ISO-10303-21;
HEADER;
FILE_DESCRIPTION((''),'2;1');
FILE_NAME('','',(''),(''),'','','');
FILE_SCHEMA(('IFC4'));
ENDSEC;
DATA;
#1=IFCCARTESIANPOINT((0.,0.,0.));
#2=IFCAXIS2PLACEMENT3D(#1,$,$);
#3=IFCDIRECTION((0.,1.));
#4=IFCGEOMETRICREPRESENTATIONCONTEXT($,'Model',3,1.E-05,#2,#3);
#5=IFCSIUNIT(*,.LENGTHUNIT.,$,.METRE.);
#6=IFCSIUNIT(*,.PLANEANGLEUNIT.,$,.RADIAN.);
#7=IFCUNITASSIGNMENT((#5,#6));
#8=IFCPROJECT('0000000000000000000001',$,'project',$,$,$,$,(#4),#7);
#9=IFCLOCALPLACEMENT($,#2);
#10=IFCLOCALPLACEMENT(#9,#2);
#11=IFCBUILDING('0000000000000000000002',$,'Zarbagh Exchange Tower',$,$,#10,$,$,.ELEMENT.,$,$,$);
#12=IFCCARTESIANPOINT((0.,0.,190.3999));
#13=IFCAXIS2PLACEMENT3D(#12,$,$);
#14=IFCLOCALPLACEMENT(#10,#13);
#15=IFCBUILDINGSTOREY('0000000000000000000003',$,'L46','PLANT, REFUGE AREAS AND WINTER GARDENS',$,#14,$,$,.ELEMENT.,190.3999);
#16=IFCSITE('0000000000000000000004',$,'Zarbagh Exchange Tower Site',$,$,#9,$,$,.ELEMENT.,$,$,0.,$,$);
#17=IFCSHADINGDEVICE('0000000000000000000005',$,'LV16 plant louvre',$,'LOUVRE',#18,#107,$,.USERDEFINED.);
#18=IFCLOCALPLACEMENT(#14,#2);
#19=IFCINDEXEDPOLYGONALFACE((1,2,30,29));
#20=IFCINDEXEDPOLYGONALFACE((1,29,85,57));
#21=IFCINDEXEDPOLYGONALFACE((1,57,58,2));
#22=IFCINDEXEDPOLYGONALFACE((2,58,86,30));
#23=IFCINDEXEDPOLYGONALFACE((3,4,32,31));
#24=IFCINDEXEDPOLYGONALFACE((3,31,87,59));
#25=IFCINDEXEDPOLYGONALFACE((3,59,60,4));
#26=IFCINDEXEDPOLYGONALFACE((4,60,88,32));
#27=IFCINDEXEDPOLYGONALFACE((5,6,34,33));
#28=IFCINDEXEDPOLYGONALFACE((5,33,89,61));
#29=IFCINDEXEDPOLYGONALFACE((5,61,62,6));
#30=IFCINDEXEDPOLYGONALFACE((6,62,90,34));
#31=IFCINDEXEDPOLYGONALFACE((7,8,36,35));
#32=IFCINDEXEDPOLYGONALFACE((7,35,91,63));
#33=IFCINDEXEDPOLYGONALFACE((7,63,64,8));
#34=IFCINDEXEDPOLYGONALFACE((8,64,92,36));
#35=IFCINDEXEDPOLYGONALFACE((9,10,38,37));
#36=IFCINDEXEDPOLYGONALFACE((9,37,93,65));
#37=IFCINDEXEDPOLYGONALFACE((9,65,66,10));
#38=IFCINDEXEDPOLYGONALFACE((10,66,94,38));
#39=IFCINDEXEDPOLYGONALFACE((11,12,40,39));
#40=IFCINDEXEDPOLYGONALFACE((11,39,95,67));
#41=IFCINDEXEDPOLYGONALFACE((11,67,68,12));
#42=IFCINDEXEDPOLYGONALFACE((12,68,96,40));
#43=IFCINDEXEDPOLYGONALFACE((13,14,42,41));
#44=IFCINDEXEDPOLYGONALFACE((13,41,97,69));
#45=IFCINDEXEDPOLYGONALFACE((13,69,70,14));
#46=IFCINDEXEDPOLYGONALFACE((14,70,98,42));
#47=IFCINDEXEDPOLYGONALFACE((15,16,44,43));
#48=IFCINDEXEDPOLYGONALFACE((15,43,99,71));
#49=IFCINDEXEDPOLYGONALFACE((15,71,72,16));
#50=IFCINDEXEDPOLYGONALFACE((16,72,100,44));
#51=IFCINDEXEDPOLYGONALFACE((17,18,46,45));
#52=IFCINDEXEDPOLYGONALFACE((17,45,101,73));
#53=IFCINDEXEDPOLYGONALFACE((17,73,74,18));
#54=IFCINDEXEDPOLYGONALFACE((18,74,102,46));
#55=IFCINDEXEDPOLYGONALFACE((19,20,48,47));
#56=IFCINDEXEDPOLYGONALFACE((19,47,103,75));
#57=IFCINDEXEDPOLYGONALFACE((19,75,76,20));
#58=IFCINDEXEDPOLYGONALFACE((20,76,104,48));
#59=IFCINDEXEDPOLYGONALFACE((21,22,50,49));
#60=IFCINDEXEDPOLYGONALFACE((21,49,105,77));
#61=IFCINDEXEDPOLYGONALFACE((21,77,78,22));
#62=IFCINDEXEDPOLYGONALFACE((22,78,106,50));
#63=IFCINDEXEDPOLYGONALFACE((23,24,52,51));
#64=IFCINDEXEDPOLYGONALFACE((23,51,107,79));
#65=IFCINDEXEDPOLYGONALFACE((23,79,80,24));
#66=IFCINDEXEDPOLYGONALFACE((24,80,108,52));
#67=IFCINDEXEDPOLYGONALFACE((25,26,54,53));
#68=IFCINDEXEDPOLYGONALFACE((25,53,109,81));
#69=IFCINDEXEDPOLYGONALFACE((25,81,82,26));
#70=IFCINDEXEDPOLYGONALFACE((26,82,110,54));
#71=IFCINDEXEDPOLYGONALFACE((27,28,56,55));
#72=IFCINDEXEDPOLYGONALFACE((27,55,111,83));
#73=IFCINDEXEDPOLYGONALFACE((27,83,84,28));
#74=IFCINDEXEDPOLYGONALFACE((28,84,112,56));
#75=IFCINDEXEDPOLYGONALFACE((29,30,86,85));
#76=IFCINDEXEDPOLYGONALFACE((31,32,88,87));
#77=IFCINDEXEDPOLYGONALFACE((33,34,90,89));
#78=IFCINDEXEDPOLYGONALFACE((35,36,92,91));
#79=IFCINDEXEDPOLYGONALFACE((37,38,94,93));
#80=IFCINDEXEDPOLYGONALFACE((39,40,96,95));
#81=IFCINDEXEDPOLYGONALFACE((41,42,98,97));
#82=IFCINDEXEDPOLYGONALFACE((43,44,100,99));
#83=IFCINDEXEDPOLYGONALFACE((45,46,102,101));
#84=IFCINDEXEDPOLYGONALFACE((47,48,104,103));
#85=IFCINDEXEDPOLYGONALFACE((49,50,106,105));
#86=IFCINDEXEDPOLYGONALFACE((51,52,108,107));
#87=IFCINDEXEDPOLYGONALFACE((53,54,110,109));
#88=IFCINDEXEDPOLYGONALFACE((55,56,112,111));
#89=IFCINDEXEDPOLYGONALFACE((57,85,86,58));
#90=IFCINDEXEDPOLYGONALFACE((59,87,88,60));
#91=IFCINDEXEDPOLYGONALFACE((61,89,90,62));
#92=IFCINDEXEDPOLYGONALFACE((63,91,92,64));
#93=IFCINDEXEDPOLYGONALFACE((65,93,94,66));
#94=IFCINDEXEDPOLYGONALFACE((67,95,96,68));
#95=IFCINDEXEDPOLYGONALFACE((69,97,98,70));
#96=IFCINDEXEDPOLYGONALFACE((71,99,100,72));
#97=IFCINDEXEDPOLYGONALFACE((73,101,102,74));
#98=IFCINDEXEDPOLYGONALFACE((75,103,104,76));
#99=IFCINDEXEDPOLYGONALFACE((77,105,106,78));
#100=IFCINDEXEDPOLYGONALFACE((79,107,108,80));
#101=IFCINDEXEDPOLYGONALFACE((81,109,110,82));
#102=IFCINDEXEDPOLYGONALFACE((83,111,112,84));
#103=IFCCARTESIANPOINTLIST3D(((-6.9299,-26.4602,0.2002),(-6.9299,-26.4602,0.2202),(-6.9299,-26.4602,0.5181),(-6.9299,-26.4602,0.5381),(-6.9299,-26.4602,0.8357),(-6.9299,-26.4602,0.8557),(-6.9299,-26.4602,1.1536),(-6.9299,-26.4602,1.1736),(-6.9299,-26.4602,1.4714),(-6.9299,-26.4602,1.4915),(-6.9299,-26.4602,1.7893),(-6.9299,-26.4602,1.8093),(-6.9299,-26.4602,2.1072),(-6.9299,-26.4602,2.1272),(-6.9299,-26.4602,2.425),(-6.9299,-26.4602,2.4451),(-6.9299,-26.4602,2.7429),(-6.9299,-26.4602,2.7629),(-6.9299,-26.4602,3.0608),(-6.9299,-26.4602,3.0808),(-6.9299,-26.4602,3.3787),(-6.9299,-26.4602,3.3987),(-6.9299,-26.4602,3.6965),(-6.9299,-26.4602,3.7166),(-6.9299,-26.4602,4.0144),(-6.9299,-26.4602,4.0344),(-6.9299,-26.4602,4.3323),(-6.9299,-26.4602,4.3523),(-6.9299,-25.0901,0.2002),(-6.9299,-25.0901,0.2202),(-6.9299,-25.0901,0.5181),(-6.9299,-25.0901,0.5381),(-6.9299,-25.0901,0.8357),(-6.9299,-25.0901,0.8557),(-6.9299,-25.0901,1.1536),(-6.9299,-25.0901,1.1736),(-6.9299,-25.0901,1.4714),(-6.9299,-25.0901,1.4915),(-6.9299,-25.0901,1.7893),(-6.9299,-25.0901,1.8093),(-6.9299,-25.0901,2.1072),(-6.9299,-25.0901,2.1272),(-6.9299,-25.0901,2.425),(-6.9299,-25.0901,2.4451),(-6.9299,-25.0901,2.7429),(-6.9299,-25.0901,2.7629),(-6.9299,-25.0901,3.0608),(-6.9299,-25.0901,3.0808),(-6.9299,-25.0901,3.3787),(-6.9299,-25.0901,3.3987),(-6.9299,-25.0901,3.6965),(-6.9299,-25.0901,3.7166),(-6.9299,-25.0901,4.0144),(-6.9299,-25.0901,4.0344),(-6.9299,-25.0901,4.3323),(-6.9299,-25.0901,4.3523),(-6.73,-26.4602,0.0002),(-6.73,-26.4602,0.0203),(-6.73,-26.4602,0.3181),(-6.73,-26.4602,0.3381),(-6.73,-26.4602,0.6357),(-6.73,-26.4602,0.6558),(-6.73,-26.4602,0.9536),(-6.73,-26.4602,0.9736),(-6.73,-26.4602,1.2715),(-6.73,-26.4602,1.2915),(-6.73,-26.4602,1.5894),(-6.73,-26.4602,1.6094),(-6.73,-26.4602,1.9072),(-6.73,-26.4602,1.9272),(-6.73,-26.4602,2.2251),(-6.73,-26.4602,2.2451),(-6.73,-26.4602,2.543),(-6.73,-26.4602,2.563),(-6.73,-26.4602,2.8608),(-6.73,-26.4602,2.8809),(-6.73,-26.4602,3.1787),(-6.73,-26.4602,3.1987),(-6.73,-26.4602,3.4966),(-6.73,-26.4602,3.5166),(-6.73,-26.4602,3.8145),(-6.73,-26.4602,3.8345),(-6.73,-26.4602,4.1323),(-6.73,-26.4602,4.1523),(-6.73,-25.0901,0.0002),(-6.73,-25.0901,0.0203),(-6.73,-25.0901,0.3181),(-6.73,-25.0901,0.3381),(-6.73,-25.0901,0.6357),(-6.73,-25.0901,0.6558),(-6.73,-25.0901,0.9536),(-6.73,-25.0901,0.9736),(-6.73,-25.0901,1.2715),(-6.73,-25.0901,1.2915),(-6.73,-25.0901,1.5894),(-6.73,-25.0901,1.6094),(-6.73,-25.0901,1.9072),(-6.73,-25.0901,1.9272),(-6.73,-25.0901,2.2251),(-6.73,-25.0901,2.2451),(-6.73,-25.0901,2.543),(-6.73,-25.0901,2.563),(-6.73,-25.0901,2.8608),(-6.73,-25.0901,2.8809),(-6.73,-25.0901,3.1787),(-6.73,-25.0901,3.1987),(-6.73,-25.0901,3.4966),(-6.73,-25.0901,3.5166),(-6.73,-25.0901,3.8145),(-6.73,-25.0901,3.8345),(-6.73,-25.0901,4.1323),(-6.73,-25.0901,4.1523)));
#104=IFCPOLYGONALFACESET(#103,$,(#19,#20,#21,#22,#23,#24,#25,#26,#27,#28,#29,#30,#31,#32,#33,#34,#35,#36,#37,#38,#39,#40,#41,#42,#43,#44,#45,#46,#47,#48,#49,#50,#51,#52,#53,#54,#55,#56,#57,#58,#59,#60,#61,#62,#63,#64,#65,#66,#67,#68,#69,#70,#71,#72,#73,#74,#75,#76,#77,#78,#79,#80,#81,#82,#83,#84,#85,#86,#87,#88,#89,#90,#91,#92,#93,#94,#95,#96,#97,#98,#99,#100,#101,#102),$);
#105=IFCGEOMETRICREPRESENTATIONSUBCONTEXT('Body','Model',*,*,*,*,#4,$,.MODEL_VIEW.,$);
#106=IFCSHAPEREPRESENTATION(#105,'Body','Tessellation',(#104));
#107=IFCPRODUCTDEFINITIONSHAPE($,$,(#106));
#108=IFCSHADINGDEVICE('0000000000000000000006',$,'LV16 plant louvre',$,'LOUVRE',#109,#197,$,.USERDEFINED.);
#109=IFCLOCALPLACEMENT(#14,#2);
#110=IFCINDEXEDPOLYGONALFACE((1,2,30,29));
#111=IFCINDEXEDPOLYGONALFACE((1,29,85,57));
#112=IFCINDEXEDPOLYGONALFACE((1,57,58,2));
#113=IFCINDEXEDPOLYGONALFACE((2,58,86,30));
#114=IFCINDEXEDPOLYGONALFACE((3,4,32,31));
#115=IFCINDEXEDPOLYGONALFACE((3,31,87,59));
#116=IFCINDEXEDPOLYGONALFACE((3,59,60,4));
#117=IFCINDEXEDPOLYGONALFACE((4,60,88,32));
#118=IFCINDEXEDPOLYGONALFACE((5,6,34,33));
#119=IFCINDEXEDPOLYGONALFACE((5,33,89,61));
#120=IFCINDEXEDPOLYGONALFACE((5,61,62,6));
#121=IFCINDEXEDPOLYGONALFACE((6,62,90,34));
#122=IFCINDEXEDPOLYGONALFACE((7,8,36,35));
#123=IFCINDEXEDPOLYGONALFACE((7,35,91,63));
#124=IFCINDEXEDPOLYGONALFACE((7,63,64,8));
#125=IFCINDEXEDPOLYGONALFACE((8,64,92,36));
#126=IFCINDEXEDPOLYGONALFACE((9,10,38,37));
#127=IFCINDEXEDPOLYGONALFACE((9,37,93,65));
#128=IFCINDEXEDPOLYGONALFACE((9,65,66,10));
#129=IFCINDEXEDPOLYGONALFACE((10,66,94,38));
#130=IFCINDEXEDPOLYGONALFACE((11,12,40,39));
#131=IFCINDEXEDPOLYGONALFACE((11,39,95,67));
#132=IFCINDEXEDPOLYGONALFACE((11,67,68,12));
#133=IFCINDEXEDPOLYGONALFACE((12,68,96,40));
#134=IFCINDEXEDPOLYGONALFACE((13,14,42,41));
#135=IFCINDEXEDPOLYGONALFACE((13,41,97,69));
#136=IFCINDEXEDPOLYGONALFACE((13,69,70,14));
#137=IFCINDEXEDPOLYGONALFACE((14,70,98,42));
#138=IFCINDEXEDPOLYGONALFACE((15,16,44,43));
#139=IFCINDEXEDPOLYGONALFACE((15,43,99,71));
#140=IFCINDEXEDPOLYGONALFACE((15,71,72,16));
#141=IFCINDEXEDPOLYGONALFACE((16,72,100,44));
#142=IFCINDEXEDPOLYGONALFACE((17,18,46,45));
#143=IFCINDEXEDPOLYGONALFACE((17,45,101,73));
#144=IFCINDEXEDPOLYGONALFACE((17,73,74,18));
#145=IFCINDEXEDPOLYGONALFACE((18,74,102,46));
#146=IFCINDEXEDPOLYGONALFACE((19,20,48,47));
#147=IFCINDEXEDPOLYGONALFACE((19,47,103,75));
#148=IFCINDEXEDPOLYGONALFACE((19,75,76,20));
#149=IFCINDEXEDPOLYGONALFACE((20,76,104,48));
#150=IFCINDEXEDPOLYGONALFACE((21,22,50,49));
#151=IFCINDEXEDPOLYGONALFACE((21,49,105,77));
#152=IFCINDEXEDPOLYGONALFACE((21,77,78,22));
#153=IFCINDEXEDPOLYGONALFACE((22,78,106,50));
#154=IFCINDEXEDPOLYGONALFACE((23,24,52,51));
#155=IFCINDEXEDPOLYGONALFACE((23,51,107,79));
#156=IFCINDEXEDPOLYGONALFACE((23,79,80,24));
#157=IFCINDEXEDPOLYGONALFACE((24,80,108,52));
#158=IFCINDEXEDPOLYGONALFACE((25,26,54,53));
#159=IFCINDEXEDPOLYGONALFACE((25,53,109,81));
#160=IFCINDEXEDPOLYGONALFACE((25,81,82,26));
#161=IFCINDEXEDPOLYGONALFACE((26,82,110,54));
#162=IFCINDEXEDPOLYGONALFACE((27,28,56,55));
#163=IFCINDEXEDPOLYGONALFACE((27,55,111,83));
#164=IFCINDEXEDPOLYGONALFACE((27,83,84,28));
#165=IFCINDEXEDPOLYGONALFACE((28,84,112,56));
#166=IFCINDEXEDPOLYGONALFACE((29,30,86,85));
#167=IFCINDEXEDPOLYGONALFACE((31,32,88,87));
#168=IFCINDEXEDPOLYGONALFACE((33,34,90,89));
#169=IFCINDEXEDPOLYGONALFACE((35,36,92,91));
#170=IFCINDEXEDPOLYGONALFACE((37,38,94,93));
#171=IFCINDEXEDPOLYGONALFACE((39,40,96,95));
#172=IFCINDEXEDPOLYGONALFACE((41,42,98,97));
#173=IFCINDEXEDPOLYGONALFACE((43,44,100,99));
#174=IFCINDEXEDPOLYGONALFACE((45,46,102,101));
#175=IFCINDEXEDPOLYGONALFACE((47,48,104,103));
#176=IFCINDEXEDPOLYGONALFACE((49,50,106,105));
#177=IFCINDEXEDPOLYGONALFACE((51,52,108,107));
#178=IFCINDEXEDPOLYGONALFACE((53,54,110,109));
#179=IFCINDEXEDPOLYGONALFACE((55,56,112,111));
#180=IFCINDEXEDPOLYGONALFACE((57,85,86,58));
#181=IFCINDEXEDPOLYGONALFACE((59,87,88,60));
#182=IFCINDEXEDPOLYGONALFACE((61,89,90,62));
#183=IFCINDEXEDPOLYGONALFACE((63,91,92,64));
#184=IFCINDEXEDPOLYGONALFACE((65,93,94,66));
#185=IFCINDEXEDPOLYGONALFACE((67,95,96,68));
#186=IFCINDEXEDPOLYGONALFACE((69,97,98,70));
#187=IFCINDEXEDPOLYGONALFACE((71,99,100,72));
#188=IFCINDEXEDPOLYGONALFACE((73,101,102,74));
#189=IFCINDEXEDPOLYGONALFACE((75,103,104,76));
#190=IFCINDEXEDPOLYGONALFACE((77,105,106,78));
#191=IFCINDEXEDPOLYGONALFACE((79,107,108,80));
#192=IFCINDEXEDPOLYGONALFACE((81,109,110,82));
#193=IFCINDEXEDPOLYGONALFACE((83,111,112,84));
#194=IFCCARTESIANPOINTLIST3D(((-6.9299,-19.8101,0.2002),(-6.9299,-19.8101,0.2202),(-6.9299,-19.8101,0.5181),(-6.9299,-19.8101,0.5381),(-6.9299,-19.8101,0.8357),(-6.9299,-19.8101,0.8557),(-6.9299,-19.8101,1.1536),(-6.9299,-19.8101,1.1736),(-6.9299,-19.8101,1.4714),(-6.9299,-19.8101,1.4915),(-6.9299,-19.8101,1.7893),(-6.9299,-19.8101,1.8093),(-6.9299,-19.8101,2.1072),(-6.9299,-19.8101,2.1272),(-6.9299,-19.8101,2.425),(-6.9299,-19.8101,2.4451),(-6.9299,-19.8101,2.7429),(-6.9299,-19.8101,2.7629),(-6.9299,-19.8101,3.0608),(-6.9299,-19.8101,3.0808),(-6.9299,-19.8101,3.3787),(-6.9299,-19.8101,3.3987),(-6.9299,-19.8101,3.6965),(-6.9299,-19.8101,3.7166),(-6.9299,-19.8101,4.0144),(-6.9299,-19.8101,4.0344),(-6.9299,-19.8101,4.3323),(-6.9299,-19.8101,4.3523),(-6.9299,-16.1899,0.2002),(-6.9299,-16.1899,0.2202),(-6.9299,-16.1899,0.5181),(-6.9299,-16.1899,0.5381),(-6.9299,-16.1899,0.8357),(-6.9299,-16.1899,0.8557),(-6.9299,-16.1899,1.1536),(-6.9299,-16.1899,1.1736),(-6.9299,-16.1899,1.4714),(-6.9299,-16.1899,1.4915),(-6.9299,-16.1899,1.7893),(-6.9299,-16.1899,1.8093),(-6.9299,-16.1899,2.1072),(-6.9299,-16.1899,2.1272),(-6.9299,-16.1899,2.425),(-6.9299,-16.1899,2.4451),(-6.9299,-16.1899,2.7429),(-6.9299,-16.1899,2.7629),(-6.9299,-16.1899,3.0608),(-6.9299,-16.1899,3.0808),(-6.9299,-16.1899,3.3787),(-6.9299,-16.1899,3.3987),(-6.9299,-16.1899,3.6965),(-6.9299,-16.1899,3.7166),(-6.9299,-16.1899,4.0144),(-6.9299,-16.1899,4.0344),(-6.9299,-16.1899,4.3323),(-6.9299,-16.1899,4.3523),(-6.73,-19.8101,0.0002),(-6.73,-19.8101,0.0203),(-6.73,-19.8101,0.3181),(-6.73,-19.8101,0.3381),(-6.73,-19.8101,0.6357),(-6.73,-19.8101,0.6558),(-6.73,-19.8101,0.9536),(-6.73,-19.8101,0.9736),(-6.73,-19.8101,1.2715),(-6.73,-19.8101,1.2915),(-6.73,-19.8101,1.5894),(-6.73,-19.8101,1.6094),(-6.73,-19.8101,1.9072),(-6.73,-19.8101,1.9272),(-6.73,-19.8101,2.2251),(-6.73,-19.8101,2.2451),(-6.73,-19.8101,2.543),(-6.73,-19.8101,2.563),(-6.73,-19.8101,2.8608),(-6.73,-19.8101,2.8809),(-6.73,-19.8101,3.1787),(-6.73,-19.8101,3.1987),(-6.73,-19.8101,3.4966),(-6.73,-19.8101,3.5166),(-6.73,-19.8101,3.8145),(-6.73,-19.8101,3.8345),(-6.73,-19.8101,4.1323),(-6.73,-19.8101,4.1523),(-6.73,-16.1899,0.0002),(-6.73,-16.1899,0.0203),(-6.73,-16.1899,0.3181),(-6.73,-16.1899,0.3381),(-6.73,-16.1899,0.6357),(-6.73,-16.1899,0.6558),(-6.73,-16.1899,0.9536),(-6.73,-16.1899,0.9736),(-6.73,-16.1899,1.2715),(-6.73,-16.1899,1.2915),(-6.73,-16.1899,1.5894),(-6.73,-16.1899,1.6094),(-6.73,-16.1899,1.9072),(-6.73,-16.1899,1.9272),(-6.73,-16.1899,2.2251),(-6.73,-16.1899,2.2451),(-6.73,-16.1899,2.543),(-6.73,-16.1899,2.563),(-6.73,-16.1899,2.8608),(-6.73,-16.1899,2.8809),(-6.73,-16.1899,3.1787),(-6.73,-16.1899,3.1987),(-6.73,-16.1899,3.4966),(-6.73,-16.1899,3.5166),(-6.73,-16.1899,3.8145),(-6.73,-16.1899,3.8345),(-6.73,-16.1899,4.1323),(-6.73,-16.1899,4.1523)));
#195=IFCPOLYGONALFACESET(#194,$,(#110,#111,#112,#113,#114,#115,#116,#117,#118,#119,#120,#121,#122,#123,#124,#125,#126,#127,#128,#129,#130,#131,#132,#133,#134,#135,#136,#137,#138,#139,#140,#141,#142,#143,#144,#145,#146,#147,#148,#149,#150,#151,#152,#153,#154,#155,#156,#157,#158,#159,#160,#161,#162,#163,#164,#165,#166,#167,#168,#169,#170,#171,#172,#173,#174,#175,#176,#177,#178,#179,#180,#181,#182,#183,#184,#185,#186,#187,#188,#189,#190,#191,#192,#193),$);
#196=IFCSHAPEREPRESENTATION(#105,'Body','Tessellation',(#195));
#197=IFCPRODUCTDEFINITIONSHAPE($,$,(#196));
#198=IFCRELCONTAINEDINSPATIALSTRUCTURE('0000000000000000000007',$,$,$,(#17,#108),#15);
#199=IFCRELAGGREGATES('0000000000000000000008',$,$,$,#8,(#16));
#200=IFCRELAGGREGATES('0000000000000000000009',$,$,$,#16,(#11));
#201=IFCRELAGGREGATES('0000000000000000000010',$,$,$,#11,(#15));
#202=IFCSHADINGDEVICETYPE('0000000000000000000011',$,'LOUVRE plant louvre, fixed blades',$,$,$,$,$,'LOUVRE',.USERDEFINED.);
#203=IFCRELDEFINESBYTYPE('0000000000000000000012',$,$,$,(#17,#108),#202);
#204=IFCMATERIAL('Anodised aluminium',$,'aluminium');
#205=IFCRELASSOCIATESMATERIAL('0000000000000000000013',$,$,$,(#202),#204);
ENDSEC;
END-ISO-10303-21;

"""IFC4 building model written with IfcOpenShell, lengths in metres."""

from ifc_helpers import new_model, si_unit, direction, frame, origin, place, context, subcontext, project, spatial, polyline, outline, extrude, source, transform, mapped, material, type_object, element, save


model = new_model("IFC4")

# Units and contexts
model_context = context("Model", 3, precision=1e-05, world=origin(), true_north=direction((0.0, 1.0)))
body_context = subcontext(model_context, "Body", "Model", "MODEL_VIEW")
ifc_project = project(units=[si_unit("LENGTHUNIT", "METRE"), si_unit("PLANEANGLEUNIT", "RADIAN")], contexts=[model_context])

# Site, building, storey
site_placement = place(None, origin())
site = spatial("IfcSite", under=ifc_project, at=site_placement, Name="Zarbagh Exchange Tower Site", CompositionType="ELEMENT", RefElevation=0.0)
building_placement = place(site_placement, origin())
building = spatial("IfcBuilding", under=site, at=building_placement, Name="Zarbagh Exchange Tower", CompositionType="ELEMENT")
storey_placement = place(building_placement, frame((0.0, 0.0, 190.3999)))
storey = spatial("IfcBuildingStorey", under=building, at=storey_placement, Name="L46", Description="PLANT, REFUGE AREAS AND WINTER GARDENS", CompositionType="ELEMENT", Elevation=190.3999)

# Shared definitions
placement = place(storey_placement, origin())

# Shared definitions
ifc_material_1 = material(Name="Anodised aluminium", Category="aluminium")
shading_device_type = type_object("IfcShadingDeviceType", Name="LOUVRE plant louvre, fixed blades", ElementType="LOUVRE", PredefinedType="USERDEFINED", material=ifc_material_1)

# Shading devices
shared_shape_1 = source(origin(), body_context, "Body", "SweptSolid", [
    extrude(outline(polyline([(0.0, 0.2), (0.2, 0.0), (0.2, -0.02), (0.0, 0.1799), (0.0, 0.2)])), origin(), (0.0, 0.0, 1.0), 1.3701),
])
element("IfcShadingDevice", 1, at=placement, inside=storey, type_object=shading_device_type, Name="LV16 plant louvre", ObjectType="LOUVRE", PredefinedType="USERDEFINED", context=body_context, shape_type="MappedRepresentation", body=[
    mapped(shared_shape_1, transform((-6.73, -25.0901, 0.2002), x_axis=(-1.0, 0.0, 0.0), y_axis=(0.0, 0.0, -1.0), z_axis=(0.0, -1.0, 0.0))),
    mapped(shared_shape_1, transform((-6.73, -25.0901, 0.5181), x_axis=(-1.0, 0.0, 0.0), y_axis=(0.0, 0.0, -1.0), z_axis=(0.0, -1.0, 0.0))),
    mapped(shared_shape_1, transform((-6.73, -25.0901, 0.8357), x_axis=(-1.0, 0.0, 0.0), y_axis=(0.0, 0.0, -1.0), z_axis=(0.0, -1.0, 0.0))),
    mapped(shared_shape_1, transform((-6.73, -25.0901, 1.1536), x_axis=(-1.0, 0.0, 0.0), y_axis=(0.0, 0.0, -1.0), z_axis=(0.0, -1.0, 0.0))),
    mapped(shared_shape_1, transform((-6.73, -25.0901, 1.4714), x_axis=(-1.0, 0.0, 0.0), y_axis=(0.0, 0.0, -1.0), z_axis=(0.0, -1.0, 0.0))),
    mapped(shared_shape_1, transform((-6.73, -25.0901, 1.7893), x_axis=(-1.0, 0.0, 0.0), y_axis=(0.0, 0.0, -1.0), z_axis=(0.0, -1.0, 0.0))),
    mapped(shared_shape_1, transform((-6.73, -25.0901, 2.1072), x_axis=(-1.0, 0.0, 0.0), y_axis=(0.0, 0.0, -1.0), z_axis=(0.0, -1.0, 0.0))),
    mapped(shared_shape_1, transform((-6.73, -25.0901, 2.425), x_axis=(-1.0, 0.0, 0.0), y_axis=(0.0, 0.0, -1.0), z_axis=(0.0, -1.0, 0.0))),
    mapped(shared_shape_1, transform((-6.73, -25.0901, 2.7429), x_axis=(-1.0, 0.0, 0.0), y_axis=(0.0, 0.0, -1.0), z_axis=(0.0, -1.0, 0.0))),
    mapped(shared_shape_1, transform((-6.73, -25.0901, 3.0608), x_axis=(-1.0, 0.0, 0.0), y_axis=(0.0, 0.0, -1.0), z_axis=(0.0, -1.0, 0.0))),
    mapped(shared_shape_1, transform((-6.73, -25.0901, 3.3787), x_axis=(-1.0, 0.0, 0.0), y_axis=(0.0, 0.0, -1.0), z_axis=(0.0, -1.0, 0.0))),
    mapped(shared_shape_1, transform((-6.73, -25.0901, 3.6965), x_axis=(-1.0, 0.0, 0.0), y_axis=(0.0, 0.0, -1.0), z_axis=(0.0, -1.0, 0.0))),
    mapped(shared_shape_1, transform((-6.73, -25.0901, 4.0144), x_axis=(-1.0, 0.0, 0.0), y_axis=(0.0, 0.0, -1.0), z_axis=(0.0, -1.0, 0.0))),
    mapped(shared_shape_1, transform((-6.73, -25.0901, 4.3323), x_axis=(-1.0, 0.0, 0.0), y_axis=(0.0, 0.0, -1.0), z_axis=(0.0, -1.0, 0.0))),
])
shared_shape_2 = source(origin(), body_context, "Body", "SweptSolid", [
    extrude(outline(polyline([(0.0, 0.2), (0.2, 0.0), (0.2, -0.02), (0.0, 0.1799), (0.0, 0.2)])), origin(), (0.0, 0.0, 1.0), 3.6201),
])
element("IfcShadingDevice", 2, at=placement, inside=storey, type_object=shading_device_type, Name="LV16 plant louvre", ObjectType="LOUVRE", PredefinedType="USERDEFINED", context=body_context, shape_type="MappedRepresentation", body=[
    mapped(shared_shape_2, transform((-6.73, -16.1899, 0.2002), x_axis=(-1.0, 0.0, 0.0), y_axis=(0.0, 0.0, -1.0), z_axis=(0.0, -1.0, 0.0))),
    mapped(shared_shape_2, transform((-6.73, -16.1899, 0.5181), x_axis=(-1.0, 0.0, 0.0), y_axis=(0.0, 0.0, -1.0), z_axis=(0.0, -1.0, 0.0))),
    mapped(shared_shape_2, transform((-6.73, -16.1899, 0.8357), x_axis=(-1.0, 0.0, 0.0), y_axis=(0.0, 0.0, -1.0), z_axis=(0.0, -1.0, 0.0))),
    mapped(shared_shape_2, transform((-6.73, -16.1899, 1.1536), x_axis=(-1.0, 0.0, 0.0), y_axis=(0.0, 0.0, -1.0), z_axis=(0.0, -1.0, 0.0))),
    mapped(shared_shape_2, transform((-6.73, -16.1899, 1.4714), x_axis=(-1.0, 0.0, 0.0), y_axis=(0.0, 0.0, -1.0), z_axis=(0.0, -1.0, 0.0))),
    mapped(shared_shape_2, transform((-6.73, -16.1899, 1.7893), x_axis=(-1.0, 0.0, 0.0), y_axis=(0.0, 0.0, -1.0), z_axis=(0.0, -1.0, 0.0))),
    mapped(shared_shape_2, transform((-6.73, -16.1899, 2.1072), x_axis=(-1.0, 0.0, 0.0), y_axis=(0.0, 0.0, -1.0), z_axis=(0.0, -1.0, 0.0))),
    mapped(shared_shape_2, transform((-6.73, -16.1899, 2.425), x_axis=(-1.0, 0.0, 0.0), y_axis=(0.0, 0.0, -1.0), z_axis=(0.0, -1.0, 0.0))),
    mapped(shared_shape_2, transform((-6.73, -16.1899, 2.7429), x_axis=(-1.0, 0.0, 0.0), y_axis=(0.0, 0.0, -1.0), z_axis=(0.0, -1.0, 0.0))),
    mapped(shared_shape_2, transform((-6.73, -16.1899, 3.0608), x_axis=(-1.0, 0.0, 0.0), y_axis=(0.0, 0.0, -1.0), z_axis=(0.0, -1.0, 0.0))),
    mapped(shared_shape_2, transform((-6.73, -16.1899, 3.3787), x_axis=(-1.0, 0.0, 0.0), y_axis=(0.0, 0.0, -1.0), z_axis=(0.0, -1.0, 0.0))),
    mapped(shared_shape_2, transform((-6.73, -16.1899, 3.6965), x_axis=(-1.0, 0.0, 0.0), y_axis=(0.0, 0.0, -1.0), z_axis=(0.0, -1.0, 0.0))),
    mapped(shared_shape_2, transform((-6.73, -16.1899, 4.0144), x_axis=(-1.0, 0.0, 0.0), y_axis=(0.0, 0.0, -1.0), z_axis=(0.0, -1.0, 0.0))),
    mapped(shared_shape_2, transform((-6.73, -16.1899, 4.3323), x_axis=(-1.0, 0.0, 0.0), y_axis=(0.0, 0.0, -1.0), z_axis=(0.0, -1.0, 0.0))),
])

save(model, "model.ifc")
